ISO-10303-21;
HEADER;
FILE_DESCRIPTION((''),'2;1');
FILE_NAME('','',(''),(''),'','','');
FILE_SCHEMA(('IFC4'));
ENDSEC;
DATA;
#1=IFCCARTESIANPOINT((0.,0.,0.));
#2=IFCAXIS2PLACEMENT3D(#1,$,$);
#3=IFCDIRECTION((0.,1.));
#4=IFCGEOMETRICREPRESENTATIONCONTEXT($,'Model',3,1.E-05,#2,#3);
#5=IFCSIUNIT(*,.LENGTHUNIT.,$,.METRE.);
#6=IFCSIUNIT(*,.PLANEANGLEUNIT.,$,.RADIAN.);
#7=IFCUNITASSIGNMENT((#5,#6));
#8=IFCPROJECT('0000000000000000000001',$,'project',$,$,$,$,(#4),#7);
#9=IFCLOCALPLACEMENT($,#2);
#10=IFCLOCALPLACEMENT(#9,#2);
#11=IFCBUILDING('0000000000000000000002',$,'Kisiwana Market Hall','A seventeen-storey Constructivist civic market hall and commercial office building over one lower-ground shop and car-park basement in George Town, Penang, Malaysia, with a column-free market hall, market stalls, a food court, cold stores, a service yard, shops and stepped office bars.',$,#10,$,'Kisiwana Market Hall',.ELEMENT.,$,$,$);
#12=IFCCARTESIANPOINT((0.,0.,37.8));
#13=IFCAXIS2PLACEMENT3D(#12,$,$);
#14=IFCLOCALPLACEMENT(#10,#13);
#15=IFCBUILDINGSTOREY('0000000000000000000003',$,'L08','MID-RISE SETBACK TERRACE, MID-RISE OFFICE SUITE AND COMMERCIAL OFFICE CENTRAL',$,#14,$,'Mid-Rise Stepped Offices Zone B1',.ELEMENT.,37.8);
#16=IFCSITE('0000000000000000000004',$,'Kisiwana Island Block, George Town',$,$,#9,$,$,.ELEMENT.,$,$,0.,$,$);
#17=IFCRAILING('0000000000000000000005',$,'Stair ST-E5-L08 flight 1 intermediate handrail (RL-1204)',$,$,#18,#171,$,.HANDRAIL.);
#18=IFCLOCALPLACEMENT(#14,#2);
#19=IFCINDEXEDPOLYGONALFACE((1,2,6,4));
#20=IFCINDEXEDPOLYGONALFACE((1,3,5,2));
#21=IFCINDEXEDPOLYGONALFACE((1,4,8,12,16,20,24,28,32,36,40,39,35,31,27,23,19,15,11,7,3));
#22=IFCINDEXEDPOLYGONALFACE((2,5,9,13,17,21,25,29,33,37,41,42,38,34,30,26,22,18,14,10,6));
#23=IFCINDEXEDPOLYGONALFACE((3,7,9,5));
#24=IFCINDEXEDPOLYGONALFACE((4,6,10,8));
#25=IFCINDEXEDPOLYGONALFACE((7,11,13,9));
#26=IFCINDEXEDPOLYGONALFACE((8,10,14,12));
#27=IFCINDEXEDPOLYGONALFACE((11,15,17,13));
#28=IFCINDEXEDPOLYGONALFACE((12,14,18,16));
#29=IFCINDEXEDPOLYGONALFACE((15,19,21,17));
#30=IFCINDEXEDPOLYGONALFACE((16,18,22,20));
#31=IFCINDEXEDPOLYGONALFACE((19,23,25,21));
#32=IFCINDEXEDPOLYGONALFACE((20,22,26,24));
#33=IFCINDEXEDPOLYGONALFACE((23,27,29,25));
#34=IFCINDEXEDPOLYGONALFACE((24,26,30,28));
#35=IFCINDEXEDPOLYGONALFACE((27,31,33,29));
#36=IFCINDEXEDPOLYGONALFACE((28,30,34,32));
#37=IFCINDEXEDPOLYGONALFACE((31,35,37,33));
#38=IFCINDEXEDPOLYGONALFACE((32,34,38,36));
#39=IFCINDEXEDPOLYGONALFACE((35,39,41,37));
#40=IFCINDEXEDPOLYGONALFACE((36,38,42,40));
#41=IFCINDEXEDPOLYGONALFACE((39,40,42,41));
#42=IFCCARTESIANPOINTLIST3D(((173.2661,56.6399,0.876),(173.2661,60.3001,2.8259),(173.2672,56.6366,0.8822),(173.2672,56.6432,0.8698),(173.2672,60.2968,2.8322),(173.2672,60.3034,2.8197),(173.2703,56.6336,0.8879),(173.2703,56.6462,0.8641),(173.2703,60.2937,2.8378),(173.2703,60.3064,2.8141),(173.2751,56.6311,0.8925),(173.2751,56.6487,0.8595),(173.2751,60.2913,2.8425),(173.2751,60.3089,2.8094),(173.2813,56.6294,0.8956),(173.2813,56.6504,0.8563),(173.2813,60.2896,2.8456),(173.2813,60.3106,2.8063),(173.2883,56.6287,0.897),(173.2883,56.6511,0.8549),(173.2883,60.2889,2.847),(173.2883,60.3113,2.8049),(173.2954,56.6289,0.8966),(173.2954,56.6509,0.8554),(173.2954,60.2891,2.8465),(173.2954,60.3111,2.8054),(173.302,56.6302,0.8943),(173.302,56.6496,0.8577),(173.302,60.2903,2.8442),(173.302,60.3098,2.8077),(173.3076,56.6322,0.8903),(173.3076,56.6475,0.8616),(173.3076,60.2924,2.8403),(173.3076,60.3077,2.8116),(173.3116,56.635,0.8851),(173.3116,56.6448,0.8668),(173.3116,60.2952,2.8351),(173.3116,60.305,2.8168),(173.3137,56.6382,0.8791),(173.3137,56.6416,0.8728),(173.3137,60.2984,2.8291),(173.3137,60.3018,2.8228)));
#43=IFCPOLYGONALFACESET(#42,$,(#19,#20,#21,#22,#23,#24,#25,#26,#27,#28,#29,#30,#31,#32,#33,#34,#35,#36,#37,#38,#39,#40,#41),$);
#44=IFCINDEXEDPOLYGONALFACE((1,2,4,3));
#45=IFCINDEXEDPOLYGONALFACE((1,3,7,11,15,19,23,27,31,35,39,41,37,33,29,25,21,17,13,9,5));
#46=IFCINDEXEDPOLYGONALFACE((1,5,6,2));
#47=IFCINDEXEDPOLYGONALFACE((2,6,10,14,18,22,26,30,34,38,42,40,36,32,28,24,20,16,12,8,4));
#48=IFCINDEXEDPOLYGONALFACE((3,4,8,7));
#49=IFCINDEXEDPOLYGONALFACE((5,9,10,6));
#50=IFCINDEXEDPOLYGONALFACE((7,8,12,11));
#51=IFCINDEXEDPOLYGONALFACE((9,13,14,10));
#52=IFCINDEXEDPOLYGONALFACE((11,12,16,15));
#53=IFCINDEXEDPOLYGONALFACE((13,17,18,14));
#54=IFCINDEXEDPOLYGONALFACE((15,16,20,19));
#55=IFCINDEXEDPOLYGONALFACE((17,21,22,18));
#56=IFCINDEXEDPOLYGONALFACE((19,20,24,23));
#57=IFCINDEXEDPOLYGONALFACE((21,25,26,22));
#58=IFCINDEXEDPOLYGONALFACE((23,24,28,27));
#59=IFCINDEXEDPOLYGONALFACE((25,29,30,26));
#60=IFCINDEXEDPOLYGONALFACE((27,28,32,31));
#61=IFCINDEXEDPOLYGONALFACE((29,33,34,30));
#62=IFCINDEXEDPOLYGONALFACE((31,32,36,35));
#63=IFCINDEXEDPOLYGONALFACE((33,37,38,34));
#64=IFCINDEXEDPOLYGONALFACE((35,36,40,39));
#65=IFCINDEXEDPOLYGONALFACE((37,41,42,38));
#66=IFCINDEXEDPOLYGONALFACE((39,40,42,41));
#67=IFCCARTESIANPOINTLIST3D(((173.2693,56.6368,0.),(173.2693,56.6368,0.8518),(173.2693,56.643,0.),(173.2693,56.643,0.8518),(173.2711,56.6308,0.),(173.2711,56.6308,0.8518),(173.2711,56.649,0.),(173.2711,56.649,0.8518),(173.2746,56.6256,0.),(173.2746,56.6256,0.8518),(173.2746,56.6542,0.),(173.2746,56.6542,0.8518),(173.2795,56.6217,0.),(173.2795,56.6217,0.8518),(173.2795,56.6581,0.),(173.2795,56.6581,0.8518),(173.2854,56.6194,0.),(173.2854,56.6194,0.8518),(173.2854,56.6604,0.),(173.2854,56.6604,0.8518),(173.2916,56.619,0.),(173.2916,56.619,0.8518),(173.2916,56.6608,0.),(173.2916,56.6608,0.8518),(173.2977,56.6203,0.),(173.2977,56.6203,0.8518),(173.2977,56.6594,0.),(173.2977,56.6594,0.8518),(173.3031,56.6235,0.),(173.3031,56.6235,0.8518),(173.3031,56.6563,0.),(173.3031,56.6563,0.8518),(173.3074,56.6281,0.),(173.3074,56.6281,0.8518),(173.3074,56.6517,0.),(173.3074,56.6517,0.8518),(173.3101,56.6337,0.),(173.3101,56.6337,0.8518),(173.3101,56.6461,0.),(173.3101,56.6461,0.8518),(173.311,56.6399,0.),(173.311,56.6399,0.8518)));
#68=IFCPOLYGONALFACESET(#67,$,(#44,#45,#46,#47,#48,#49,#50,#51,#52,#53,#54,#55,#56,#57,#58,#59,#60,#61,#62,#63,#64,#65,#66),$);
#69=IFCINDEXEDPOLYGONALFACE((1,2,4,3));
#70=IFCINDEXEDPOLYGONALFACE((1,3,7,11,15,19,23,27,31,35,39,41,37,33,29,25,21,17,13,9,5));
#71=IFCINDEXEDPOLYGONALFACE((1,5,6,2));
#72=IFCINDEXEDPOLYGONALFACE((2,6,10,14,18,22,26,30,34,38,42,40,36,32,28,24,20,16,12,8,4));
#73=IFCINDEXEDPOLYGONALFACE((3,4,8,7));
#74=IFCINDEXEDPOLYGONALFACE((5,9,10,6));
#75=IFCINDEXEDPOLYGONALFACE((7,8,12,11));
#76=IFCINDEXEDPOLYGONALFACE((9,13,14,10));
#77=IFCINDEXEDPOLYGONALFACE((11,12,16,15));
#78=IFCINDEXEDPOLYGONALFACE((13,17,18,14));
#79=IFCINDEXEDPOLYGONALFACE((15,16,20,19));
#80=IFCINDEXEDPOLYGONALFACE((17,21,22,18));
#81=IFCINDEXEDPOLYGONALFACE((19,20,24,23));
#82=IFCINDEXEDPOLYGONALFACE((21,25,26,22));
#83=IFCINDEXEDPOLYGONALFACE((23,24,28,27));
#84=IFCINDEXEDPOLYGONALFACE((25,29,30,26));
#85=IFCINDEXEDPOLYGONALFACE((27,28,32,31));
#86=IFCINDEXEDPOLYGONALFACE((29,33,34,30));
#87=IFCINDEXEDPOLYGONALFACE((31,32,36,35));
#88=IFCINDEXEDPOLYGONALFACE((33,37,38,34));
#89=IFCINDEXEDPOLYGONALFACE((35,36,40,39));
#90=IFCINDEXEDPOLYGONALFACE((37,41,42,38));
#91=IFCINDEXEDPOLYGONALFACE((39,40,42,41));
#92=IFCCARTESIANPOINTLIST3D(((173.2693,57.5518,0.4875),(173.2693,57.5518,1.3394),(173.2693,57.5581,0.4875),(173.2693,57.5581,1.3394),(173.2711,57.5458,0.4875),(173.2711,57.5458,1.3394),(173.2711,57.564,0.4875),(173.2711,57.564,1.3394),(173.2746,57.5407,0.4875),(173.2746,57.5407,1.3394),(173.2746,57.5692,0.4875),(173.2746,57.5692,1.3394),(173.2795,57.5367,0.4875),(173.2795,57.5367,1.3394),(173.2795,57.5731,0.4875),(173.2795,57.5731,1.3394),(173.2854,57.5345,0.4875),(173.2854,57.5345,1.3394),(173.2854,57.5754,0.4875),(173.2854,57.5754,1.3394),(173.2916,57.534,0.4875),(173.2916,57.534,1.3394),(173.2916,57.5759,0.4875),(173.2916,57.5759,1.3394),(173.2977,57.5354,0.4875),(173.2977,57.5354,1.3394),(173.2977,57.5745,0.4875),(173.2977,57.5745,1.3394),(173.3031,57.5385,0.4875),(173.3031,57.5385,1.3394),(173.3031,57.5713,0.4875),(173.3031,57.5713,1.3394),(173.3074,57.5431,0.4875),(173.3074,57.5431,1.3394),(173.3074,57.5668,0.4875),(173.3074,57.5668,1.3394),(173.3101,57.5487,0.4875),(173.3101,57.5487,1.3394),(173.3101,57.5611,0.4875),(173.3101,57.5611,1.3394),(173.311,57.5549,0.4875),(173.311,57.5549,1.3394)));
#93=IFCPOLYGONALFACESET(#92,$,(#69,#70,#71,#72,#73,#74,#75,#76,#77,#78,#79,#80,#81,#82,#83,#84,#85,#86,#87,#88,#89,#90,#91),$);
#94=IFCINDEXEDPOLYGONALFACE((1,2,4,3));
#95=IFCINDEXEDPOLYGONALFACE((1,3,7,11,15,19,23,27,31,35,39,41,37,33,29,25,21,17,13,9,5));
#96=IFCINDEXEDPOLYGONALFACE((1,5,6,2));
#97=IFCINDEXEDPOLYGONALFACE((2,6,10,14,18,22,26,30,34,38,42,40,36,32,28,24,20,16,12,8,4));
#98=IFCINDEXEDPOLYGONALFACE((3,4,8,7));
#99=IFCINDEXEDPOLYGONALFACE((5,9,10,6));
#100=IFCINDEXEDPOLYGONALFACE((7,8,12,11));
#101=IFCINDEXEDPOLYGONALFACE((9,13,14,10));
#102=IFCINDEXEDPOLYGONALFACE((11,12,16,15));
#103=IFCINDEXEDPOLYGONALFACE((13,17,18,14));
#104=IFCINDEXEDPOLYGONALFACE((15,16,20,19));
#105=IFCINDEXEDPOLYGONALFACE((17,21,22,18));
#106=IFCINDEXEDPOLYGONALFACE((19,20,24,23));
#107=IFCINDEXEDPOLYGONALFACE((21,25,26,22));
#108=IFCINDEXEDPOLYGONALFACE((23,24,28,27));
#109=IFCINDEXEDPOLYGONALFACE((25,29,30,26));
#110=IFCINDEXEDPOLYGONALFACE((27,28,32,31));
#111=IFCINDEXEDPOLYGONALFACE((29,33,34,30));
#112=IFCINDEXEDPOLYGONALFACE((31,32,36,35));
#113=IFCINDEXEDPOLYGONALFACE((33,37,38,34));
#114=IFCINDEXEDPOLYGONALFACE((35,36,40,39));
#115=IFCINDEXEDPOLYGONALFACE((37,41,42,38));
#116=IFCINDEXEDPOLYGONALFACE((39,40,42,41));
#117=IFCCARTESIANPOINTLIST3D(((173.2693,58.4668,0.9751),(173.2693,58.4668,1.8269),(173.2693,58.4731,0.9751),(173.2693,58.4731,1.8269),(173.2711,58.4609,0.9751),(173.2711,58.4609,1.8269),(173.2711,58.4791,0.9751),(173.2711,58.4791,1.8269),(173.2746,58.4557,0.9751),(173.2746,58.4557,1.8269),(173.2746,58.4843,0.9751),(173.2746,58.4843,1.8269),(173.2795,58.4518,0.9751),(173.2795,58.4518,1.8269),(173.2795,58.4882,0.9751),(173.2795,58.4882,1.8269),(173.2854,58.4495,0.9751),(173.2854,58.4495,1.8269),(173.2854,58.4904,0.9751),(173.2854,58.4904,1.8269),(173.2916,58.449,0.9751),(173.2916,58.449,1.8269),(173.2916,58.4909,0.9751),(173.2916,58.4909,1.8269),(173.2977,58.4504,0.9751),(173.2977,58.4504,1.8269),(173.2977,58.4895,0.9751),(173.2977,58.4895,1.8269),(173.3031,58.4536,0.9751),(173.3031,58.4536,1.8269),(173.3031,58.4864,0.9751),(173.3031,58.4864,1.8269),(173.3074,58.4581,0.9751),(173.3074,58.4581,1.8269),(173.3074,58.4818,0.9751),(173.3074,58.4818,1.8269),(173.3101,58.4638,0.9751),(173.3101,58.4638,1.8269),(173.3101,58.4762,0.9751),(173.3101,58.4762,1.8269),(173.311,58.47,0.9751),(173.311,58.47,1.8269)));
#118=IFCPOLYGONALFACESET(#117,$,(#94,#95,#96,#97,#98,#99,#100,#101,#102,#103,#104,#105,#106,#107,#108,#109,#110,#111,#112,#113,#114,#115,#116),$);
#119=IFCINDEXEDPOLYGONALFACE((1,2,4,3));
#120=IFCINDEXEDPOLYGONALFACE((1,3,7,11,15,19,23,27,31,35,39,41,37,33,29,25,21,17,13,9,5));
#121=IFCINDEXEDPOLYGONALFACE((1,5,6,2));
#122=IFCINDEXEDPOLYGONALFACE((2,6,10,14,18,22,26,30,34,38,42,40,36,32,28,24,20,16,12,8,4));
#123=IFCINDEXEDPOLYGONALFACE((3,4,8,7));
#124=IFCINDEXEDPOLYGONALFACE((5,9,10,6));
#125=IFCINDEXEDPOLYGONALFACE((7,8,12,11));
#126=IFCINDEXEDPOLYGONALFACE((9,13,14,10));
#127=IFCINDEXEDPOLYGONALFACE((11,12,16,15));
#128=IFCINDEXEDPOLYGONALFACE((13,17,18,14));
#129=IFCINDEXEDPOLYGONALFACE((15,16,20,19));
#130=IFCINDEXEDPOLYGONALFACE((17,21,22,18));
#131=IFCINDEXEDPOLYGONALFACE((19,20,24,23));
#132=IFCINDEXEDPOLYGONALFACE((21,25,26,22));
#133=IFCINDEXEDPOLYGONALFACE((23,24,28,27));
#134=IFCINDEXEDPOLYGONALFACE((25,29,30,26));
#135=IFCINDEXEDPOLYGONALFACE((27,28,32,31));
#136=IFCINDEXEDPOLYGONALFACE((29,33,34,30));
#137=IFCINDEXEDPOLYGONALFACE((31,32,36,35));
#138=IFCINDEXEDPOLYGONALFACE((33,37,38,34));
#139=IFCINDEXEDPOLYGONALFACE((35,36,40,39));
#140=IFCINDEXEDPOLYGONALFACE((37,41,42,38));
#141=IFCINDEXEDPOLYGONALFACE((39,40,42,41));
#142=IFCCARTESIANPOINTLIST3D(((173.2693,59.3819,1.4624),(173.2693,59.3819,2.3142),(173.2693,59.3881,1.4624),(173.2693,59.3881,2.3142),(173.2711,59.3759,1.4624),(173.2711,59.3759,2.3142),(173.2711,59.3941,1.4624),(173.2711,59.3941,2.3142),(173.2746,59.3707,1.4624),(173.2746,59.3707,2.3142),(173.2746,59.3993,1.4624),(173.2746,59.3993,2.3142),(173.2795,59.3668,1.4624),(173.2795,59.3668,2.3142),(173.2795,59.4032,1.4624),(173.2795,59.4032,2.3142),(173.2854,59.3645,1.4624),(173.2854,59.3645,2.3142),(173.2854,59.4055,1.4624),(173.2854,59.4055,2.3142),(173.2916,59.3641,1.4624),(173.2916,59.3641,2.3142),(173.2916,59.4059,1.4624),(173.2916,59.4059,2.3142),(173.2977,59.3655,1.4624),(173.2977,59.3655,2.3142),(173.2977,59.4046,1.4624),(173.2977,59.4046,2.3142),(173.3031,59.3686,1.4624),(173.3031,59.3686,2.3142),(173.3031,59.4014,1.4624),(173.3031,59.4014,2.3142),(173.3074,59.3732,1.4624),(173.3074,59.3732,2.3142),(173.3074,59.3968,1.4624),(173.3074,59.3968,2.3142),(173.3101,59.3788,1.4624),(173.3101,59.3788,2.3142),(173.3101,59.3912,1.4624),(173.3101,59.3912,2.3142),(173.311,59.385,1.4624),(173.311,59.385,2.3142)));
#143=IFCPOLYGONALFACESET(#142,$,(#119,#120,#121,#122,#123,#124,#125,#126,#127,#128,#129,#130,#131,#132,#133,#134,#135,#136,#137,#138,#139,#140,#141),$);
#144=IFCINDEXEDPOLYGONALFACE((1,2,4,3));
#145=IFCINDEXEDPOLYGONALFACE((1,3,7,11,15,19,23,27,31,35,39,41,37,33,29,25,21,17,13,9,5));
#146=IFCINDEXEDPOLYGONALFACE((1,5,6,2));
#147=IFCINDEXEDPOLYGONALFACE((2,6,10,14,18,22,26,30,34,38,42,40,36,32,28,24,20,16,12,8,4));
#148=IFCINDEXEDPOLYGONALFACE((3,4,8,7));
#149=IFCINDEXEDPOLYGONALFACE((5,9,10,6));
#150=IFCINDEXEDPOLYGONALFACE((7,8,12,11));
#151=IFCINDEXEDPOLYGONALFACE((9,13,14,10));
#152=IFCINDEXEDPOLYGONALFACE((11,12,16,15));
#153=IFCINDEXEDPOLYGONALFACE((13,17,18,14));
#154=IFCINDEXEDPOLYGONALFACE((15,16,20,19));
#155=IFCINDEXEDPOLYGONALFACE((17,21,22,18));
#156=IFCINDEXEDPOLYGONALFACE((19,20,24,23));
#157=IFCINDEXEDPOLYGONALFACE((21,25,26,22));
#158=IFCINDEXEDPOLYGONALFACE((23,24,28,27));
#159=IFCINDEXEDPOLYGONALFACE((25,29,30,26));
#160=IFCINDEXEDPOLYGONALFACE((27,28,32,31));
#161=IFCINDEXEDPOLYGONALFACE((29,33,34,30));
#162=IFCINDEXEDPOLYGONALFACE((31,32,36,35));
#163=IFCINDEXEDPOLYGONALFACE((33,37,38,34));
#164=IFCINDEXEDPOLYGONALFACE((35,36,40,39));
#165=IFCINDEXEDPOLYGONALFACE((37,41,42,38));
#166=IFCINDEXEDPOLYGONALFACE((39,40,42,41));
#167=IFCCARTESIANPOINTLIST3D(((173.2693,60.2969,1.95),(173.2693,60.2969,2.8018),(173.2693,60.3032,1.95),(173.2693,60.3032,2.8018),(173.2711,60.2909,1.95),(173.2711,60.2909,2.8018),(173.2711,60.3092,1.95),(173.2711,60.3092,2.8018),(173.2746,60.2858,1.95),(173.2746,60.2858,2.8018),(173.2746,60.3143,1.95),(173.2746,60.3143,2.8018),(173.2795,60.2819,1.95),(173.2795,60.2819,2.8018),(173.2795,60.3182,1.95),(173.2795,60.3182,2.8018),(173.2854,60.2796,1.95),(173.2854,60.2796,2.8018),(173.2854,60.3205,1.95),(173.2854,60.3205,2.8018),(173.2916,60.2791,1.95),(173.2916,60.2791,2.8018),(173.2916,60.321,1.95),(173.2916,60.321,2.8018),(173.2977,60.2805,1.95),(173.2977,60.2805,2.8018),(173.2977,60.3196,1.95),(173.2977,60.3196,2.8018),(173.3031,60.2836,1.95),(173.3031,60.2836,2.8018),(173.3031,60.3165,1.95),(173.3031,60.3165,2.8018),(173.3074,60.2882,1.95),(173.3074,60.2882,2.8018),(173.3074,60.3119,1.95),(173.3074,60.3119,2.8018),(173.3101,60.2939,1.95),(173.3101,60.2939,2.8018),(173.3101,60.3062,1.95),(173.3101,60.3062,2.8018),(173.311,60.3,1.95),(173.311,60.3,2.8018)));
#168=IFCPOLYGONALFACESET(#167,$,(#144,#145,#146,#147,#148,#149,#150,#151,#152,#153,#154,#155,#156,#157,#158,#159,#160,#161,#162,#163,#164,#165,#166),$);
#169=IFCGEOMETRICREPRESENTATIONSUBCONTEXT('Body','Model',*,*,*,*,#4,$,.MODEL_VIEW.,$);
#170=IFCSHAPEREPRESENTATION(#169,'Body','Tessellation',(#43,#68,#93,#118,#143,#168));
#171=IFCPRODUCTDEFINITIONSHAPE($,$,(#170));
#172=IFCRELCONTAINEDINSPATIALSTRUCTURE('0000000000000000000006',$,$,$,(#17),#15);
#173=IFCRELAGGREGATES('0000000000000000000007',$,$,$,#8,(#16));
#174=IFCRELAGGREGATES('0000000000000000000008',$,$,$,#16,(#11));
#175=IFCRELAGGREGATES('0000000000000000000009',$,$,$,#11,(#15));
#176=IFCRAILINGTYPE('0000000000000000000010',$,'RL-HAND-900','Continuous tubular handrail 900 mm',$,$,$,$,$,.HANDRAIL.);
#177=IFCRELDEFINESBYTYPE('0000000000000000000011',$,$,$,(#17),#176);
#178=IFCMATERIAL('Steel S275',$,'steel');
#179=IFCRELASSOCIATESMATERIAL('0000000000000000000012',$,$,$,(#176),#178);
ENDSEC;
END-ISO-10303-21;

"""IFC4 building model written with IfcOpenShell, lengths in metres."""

from ifc_helpers import new_model, si_unit, direction, frame, origin, origin_2d, place, context, subcontext, project, spatial, circle, extrude, material, type_object, element, save


model = new_model("IFC4")

# Units and contexts
model_context = context("Model", 3, precision=1e-05, world=origin(), true_north=direction((0.0, 1.0)))
body_context = subcontext(model_context, "Body", "Model", "MODEL_VIEW")
ifc_project = project(units=[si_unit("LENGTHUNIT", "METRE"), si_unit("PLANEANGLEUNIT", "RADIAN")], contexts=[model_context])

# Site, building, storey
site_placement = place(None, origin())
site = spatial("IfcSite", under=ifc_project, at=site_placement, Name="Kisiwana Island Block, George Town", CompositionType="ELEMENT", RefElevation=0.0)
building_placement = place(site_placement, origin())
building = spatial("IfcBuilding", under=site, at=building_placement, Name="Kisiwana Market Hall", Description="A seventeen-storey Constructivist civic market hall and commercial office building over one lower-ground shop and car-park basement in George Town, Penang, Malaysia, with a column-free market hall, market stalls, a food court, cold stores, a service yard, shops and stepped office bars.", LongName="Kisiwana Market Hall", CompositionType="ELEMENT")
storey_placement = place(building_placement, frame((0.0, 0.0, 37.8)))
storey = spatial("IfcBuildingStorey", under=building, at=storey_placement, Name="L08", Description="MID-RISE SETBACK TERRACE, MID-RISE OFFICE SUITE AND COMMERCIAL OFFICE CENTRAL", LongName="Mid-Rise Stepped Offices Zone B1", CompositionType="ELEMENT", Elevation=37.8)

# Railing
ifc_material_1 = material(Name="Steel S275", Category="steel")
railing_type_1 = type_object("IfcRailingType", Name="RL-HAND-900", Description="Continuous tubular handrail 900 mm", PredefinedType="HANDRAIL", material=ifc_material_1)
railing_1_placement = place(storey_placement, frame((173.29, 56.6399, 0.0)))
element("IfcRailing", 1, at=railing_1_placement, inside=storey, type_object=railing_type_1, Name="Stair ST-E5-L08 flight 1 intermediate handrail (RL-1204)", PredefinedType="HANDRAIL", context=body_context, shape_type="SweptSolid", body=[
    extrude(circle(Radius=0.0239, at=origin_2d()), frame((0.0, 0.0, 0.876), z_axis=(0.0, 0.882566, 0.470188), x_axis=(-1.0, 0.0, 0.0)), (0.0, 0.0, 1.0), 4.1472),
    extrude(circle(Radius=0.021, at=origin_2d()), origin(), (0.0, 0.0, 1.0), 0.8518),
    extrude(circle(Radius=0.021, at=origin_2d()), frame((0.0, 0.915, 0.4875)), (0.0, 0.0, 1.0), 0.8518),
    extrude(circle(Radius=0.021, at=origin_2d()), frame((0.0, 1.8301, 0.9751)), (0.0, 0.0, 1.0), 0.8518),
    extrude(circle(Radius=0.021, at=origin_2d()), frame((0.0, 2.7451, 1.4624)), (0.0, 0.0, 1.0), 0.8518),
    extrude(circle(Radius=0.021, at=origin_2d()), frame((0.0, 3.6602, 1.95)), (0.0, 0.0, 1.0), 0.8518),
])

save(model, "model.ifc")
